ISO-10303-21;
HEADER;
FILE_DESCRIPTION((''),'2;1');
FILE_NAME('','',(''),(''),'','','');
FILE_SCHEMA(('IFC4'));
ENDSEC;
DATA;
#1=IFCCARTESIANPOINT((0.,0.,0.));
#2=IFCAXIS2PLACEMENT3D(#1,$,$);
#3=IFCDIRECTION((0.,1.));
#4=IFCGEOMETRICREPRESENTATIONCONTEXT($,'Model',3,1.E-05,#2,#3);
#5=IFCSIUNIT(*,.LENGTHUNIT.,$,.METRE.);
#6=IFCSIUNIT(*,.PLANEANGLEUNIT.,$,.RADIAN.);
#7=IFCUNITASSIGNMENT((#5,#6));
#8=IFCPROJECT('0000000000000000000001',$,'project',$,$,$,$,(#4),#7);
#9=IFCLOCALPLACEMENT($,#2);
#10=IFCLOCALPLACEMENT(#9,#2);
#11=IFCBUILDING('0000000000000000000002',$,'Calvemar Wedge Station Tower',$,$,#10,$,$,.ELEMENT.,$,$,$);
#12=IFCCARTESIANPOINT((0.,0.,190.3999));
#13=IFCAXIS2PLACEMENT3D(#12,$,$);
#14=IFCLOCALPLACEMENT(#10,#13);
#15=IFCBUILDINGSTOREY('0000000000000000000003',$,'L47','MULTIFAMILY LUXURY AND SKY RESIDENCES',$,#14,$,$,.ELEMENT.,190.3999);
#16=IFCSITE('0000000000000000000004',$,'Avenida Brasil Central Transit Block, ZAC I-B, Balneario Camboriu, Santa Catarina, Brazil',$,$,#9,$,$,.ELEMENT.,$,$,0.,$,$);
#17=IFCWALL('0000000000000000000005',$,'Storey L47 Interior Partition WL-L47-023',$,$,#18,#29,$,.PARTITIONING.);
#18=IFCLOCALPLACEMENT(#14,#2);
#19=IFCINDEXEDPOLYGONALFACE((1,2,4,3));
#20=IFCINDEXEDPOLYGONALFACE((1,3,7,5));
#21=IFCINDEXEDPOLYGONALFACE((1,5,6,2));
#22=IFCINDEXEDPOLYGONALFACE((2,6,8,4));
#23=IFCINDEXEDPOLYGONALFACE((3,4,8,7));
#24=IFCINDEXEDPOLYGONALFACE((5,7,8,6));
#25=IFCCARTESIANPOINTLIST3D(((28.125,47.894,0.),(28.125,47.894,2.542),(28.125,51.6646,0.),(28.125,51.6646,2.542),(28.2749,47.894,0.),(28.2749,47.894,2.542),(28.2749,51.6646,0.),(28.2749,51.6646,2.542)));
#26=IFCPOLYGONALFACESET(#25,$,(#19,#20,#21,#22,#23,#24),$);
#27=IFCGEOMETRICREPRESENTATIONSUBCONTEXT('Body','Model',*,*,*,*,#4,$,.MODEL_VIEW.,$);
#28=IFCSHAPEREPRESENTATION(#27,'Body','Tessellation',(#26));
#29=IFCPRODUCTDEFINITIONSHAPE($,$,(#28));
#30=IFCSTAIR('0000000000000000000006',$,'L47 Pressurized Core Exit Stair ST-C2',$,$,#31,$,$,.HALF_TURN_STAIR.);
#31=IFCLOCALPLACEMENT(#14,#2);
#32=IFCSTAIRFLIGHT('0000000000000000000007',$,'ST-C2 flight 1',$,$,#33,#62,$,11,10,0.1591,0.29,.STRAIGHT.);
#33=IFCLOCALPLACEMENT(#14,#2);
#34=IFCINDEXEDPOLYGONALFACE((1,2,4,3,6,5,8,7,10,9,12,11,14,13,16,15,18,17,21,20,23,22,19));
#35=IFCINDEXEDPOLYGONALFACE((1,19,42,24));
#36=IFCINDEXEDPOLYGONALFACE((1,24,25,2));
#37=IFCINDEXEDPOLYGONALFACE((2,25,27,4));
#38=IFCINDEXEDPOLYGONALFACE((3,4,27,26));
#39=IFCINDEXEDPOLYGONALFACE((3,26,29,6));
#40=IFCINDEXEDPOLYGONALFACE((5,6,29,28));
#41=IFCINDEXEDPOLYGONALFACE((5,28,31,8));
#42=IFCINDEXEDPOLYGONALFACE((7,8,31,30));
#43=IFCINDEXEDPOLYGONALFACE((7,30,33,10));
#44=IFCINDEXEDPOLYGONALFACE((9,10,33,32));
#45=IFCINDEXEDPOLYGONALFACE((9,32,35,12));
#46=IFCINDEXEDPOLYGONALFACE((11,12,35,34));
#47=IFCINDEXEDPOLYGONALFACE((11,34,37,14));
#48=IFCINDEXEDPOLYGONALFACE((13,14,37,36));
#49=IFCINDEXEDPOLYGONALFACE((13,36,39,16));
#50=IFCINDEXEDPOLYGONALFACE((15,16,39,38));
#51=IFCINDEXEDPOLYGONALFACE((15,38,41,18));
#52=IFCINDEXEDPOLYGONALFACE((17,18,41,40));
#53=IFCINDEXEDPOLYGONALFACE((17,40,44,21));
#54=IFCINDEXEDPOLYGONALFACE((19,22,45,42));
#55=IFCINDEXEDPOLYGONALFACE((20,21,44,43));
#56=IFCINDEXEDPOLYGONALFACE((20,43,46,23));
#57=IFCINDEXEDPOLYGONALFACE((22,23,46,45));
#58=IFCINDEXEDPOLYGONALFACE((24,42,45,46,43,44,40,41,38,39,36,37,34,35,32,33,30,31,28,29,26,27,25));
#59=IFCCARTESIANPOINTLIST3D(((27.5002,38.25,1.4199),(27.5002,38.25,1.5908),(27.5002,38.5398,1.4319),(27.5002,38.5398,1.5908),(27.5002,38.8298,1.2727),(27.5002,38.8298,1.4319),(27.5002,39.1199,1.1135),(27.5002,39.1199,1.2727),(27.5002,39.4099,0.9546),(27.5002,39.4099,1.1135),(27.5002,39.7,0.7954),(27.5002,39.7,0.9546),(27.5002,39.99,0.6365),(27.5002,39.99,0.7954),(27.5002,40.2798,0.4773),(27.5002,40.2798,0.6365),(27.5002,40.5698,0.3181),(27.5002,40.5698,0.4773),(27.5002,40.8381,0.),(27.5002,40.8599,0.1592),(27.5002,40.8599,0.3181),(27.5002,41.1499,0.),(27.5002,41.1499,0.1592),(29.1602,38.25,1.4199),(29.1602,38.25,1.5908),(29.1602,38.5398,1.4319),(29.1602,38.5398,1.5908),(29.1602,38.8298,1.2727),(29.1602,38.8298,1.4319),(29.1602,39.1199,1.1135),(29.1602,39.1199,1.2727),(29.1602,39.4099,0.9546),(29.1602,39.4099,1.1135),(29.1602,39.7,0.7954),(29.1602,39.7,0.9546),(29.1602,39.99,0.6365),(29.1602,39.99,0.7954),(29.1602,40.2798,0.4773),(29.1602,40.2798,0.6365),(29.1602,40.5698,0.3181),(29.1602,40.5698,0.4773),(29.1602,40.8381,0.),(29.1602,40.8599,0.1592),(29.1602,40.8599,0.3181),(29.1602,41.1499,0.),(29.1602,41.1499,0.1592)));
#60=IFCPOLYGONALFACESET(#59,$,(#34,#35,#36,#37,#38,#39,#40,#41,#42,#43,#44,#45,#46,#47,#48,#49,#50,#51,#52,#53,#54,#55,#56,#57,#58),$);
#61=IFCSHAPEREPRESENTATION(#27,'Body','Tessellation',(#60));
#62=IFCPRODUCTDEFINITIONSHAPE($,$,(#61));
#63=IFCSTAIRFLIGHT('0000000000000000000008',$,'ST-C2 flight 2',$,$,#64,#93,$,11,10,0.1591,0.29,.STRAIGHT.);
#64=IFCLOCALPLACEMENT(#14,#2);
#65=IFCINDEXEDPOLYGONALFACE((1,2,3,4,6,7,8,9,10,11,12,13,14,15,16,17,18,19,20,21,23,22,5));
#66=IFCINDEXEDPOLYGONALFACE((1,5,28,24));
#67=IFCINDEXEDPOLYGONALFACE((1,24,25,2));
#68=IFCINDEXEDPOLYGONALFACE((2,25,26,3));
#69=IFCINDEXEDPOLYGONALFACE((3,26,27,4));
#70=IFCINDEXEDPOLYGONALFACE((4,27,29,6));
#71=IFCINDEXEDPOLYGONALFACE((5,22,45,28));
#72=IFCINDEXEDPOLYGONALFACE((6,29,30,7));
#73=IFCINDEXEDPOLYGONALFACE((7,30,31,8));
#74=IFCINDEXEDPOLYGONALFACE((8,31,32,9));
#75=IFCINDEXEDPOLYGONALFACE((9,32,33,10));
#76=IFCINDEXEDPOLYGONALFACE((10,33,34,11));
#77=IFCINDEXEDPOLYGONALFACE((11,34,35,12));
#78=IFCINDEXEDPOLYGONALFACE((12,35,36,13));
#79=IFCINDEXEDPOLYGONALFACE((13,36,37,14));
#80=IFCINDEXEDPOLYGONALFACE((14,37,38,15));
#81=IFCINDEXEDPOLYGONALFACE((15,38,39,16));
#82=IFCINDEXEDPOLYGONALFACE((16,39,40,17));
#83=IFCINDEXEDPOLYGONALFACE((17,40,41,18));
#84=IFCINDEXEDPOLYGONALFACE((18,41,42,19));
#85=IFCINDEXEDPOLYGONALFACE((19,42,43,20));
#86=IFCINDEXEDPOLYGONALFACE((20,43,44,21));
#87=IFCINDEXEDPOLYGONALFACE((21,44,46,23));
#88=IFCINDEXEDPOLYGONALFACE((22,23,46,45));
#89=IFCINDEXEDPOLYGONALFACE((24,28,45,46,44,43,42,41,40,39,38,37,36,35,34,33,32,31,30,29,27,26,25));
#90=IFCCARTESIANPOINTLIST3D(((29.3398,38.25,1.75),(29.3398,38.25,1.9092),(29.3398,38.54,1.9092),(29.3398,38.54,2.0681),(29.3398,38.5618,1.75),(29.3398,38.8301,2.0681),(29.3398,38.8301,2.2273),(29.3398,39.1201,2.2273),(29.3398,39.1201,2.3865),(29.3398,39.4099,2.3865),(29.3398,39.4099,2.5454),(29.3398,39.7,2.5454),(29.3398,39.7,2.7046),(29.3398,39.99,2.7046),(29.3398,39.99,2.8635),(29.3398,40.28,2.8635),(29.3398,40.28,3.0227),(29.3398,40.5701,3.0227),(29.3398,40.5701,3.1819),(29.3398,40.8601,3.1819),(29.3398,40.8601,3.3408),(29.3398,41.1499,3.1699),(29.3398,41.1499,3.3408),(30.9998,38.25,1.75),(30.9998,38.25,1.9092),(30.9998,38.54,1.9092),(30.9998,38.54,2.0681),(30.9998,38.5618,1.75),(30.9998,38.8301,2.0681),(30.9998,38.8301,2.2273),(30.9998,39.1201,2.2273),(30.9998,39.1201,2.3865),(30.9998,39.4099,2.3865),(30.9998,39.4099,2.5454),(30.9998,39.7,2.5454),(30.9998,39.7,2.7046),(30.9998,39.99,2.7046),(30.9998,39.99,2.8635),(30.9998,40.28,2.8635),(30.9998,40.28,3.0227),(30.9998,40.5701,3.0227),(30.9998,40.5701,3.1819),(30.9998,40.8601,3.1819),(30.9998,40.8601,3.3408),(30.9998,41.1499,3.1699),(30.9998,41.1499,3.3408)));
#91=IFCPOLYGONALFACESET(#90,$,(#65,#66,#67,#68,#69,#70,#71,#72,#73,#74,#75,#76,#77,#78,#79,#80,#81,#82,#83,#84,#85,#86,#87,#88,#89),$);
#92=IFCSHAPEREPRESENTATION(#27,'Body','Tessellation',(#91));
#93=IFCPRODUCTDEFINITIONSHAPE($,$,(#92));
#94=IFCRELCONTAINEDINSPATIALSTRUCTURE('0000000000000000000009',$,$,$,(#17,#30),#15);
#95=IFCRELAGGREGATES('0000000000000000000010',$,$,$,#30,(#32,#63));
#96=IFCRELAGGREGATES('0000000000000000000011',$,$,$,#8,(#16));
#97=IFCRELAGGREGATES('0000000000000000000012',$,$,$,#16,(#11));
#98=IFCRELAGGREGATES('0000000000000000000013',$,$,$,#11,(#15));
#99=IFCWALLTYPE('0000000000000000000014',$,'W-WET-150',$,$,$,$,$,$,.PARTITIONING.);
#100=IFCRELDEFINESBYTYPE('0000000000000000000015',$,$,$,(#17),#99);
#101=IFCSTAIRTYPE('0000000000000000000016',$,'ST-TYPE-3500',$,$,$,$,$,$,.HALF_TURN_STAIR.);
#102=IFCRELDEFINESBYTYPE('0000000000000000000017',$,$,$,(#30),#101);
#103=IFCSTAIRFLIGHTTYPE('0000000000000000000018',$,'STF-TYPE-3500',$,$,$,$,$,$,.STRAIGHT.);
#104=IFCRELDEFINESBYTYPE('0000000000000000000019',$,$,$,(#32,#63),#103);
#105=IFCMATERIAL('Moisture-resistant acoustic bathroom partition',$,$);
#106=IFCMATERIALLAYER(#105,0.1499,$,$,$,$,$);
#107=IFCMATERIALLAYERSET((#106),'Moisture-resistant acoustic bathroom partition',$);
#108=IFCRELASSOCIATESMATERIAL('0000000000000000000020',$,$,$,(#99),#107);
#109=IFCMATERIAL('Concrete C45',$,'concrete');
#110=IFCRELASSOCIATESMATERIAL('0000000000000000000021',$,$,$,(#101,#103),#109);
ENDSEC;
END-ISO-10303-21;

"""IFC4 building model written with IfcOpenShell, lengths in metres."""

from ifc_helpers import new_model, si_unit, direction, frame, frame_2d, origin, place, context, subcontext, project, spatial, polyline, rectangle, outline, extrude, material, layer, layer_set, type_object, element, aggregate, save


model = new_model("IFC4")

# Units and contexts
model_context = context("Model", 3, precision=1e-05, world=origin(), true_north=direction((0.0, 1.0)))
body_context = subcontext(model_context, "Body", "Model", "MODEL_VIEW")
ifc_project = project(units=[si_unit("LENGTHUNIT", "METRE"), si_unit("PLANEANGLEUNIT", "RADIAN")], contexts=[model_context])

# Site, building, storey
site_placement = place(None, origin())
site = spatial("IfcSite", under=ifc_project, at=site_placement, Name="Avenida Brasil Central Transit Block, ZAC I-B, Balneario Camboriu, Santa Catarina, Brazil", CompositionType="ELEMENT", RefElevation=0.0)
building_placement = place(site_placement, origin())
building = spatial("IfcBuilding", under=site, at=building_placement, Name="Calvemar Wedge Station Tower", CompositionType="ELEMENT")
storey_placement = place(building_placement, frame((0.0, 0.0, 190.3999)))
storey = spatial("IfcBuildingStorey", under=building, at=storey_placement, Name="L47", Description="MULTIFAMILY LUXURY AND SKY RESIDENCES", CompositionType="ELEMENT", Elevation=190.3999)

# Wall
ifc_material_1 = material(Name="Moisture-resistant acoustic bathroom partition")
ifc_layer_1 = layer(ifc_material_1, 0.1499)
ifc_layer_set_1 = layer_set([ifc_layer_1], Name="Moisture-resistant acoustic bathroom partition")
wall_type_1 = type_object("IfcWallType", Name="W-WET-150", PredefinedType="PARTITIONING", material=ifc_layer_set_1)
wall_1_placement = place(storey_placement, frame((28.2, 51.6646, 0.0), z_axis=(0.0, 0.0, 1.0), x_axis=(0.0, -1.0, 0.0)))
element("IfcWall", 1, at=wall_1_placement, inside=storey, type_object=wall_type_1, Name="Storey L47 Interior Partition WL-L47-023", PredefinedType="PARTITIONING", context=body_context, shape_type="SweptSolid", body=[
    extrude(rectangle(XDim=3.7705, YDim=0.1499, at=frame_2d((1.8853, 0.0))), origin(), (0.0, 0.0, 1.0), 2.542),
])

# Stair, stair flights
ifc_material_2 = material(Name="Concrete C45", Category="concrete")
stair_type = type_object("IfcStairType", Name="ST-TYPE-3500", PredefinedType="HALF_TURN_STAIR", material=ifc_material_2)
stair_placement = place(storey_placement, origin())
stair = element("IfcStair", 2, at=stair_placement, inside=storey, type_object=stair_type, Name="L47 Pressurized Core Exit Stair ST-C2", PredefinedType="HALF_TURN_STAIR")
stair_flight_type = type_object("IfcStairFlightType", Name="STF-TYPE-3500", PredefinedType="STRAIGHT", material=ifc_material_2)
stair_flight_1_placement = place(storey_placement, frame((28.3301, 41.1499, 0.0), z_axis=(0.0, 0.0, 1.0), x_axis=(0.0, -1.0, 0.0)))
stair_flight_1 = element("IfcStairFlight", 3, at=stair_flight_1_placement, type_object=stair_flight_type, Name="ST-C2 flight 1", NumberOfRisers=11, NumberOfTreads=10, PredefinedType="STRAIGHT", RiserHeight=0.1591, TreadLength=0.29, context=body_context, shape_type="SweptSolid", body=[
    extrude(outline(polyline([(0.0, 0.0), (0.0, 0.1592), (0.29, 0.1592), (0.29, 0.3181), (0.5801, 0.3181), (0.5801, 0.4773), (0.8701, 0.4773), (0.8701, 0.6365), (1.1599, 0.6365), (1.1599, 0.7954), (1.45, 0.7954), (1.45, 0.9546), (1.74, 0.9546), (1.74, 1.1135), (2.03, 1.1135), (2.03, 1.2727), (2.3201, 1.2727), (2.3201, 1.4319), (2.6101, 1.4319), (2.6101, 1.5908), (2.8999, 1.5908), (2.8999, 1.75), (2.8999, 1.4199), (0.3118, 0.0), (0.0, 0.0)])), frame((0.0, 0.8301, 0.0), z_axis=(0.0, -1.0, 0.0), x_axis=(1.0, 0.0, 0.0)), (0.0, 0.0, 1.0), 1.6599),
])
stair_flight_2_placement = place(storey_placement, frame((30.1699, 38.25, 1.75), z_axis=(0.0, 0.0, 1.0), x_axis=(0.0, 1.0, 0.0)))
stair_flight_2 = element("IfcStairFlight", 4, at=stair_flight_2_placement, type_object=stair_flight_type, Name="ST-C2 flight 2", NumberOfRisers=11, NumberOfTreads=10, PredefinedType="STRAIGHT", RiserHeight=0.1591, TreadLength=0.29, context=body_context, shape_type="SweptSolid", body=[
    extrude(outline(polyline([(0.0, 0.0), (0.0, 0.1592), (0.29, 0.1592), (0.29, 0.3181), (0.5801, 0.3181), (0.5801, 0.4773), (0.8701, 0.4773), (0.8701, 0.6365), (1.1599, 0.6365), (1.1599, 0.7954), (1.45, 0.7954), (1.45, 0.9546), (1.74, 0.9546), (1.74, 1.1135), (2.03, 1.1135), (2.03, 1.2727), (2.3201, 1.2727), (2.3201, 1.4319), (2.6101, 1.4319), (2.6101, 1.5908), (2.8999, 1.5908), (2.8999, 1.75), (2.8999, 1.4199), (0.3118, 0.0), (0.0, 0.0)])), frame((0.0, 0.8301, 0.0), z_axis=(0.0, -1.0, 0.0), x_axis=(1.0, 0.0, 0.0)), (0.0, 0.0, 1.0), 1.6599),
])
aggregate(stair, [stair_flight_1, stair_flight_2])

save(model, "model.ifc")
